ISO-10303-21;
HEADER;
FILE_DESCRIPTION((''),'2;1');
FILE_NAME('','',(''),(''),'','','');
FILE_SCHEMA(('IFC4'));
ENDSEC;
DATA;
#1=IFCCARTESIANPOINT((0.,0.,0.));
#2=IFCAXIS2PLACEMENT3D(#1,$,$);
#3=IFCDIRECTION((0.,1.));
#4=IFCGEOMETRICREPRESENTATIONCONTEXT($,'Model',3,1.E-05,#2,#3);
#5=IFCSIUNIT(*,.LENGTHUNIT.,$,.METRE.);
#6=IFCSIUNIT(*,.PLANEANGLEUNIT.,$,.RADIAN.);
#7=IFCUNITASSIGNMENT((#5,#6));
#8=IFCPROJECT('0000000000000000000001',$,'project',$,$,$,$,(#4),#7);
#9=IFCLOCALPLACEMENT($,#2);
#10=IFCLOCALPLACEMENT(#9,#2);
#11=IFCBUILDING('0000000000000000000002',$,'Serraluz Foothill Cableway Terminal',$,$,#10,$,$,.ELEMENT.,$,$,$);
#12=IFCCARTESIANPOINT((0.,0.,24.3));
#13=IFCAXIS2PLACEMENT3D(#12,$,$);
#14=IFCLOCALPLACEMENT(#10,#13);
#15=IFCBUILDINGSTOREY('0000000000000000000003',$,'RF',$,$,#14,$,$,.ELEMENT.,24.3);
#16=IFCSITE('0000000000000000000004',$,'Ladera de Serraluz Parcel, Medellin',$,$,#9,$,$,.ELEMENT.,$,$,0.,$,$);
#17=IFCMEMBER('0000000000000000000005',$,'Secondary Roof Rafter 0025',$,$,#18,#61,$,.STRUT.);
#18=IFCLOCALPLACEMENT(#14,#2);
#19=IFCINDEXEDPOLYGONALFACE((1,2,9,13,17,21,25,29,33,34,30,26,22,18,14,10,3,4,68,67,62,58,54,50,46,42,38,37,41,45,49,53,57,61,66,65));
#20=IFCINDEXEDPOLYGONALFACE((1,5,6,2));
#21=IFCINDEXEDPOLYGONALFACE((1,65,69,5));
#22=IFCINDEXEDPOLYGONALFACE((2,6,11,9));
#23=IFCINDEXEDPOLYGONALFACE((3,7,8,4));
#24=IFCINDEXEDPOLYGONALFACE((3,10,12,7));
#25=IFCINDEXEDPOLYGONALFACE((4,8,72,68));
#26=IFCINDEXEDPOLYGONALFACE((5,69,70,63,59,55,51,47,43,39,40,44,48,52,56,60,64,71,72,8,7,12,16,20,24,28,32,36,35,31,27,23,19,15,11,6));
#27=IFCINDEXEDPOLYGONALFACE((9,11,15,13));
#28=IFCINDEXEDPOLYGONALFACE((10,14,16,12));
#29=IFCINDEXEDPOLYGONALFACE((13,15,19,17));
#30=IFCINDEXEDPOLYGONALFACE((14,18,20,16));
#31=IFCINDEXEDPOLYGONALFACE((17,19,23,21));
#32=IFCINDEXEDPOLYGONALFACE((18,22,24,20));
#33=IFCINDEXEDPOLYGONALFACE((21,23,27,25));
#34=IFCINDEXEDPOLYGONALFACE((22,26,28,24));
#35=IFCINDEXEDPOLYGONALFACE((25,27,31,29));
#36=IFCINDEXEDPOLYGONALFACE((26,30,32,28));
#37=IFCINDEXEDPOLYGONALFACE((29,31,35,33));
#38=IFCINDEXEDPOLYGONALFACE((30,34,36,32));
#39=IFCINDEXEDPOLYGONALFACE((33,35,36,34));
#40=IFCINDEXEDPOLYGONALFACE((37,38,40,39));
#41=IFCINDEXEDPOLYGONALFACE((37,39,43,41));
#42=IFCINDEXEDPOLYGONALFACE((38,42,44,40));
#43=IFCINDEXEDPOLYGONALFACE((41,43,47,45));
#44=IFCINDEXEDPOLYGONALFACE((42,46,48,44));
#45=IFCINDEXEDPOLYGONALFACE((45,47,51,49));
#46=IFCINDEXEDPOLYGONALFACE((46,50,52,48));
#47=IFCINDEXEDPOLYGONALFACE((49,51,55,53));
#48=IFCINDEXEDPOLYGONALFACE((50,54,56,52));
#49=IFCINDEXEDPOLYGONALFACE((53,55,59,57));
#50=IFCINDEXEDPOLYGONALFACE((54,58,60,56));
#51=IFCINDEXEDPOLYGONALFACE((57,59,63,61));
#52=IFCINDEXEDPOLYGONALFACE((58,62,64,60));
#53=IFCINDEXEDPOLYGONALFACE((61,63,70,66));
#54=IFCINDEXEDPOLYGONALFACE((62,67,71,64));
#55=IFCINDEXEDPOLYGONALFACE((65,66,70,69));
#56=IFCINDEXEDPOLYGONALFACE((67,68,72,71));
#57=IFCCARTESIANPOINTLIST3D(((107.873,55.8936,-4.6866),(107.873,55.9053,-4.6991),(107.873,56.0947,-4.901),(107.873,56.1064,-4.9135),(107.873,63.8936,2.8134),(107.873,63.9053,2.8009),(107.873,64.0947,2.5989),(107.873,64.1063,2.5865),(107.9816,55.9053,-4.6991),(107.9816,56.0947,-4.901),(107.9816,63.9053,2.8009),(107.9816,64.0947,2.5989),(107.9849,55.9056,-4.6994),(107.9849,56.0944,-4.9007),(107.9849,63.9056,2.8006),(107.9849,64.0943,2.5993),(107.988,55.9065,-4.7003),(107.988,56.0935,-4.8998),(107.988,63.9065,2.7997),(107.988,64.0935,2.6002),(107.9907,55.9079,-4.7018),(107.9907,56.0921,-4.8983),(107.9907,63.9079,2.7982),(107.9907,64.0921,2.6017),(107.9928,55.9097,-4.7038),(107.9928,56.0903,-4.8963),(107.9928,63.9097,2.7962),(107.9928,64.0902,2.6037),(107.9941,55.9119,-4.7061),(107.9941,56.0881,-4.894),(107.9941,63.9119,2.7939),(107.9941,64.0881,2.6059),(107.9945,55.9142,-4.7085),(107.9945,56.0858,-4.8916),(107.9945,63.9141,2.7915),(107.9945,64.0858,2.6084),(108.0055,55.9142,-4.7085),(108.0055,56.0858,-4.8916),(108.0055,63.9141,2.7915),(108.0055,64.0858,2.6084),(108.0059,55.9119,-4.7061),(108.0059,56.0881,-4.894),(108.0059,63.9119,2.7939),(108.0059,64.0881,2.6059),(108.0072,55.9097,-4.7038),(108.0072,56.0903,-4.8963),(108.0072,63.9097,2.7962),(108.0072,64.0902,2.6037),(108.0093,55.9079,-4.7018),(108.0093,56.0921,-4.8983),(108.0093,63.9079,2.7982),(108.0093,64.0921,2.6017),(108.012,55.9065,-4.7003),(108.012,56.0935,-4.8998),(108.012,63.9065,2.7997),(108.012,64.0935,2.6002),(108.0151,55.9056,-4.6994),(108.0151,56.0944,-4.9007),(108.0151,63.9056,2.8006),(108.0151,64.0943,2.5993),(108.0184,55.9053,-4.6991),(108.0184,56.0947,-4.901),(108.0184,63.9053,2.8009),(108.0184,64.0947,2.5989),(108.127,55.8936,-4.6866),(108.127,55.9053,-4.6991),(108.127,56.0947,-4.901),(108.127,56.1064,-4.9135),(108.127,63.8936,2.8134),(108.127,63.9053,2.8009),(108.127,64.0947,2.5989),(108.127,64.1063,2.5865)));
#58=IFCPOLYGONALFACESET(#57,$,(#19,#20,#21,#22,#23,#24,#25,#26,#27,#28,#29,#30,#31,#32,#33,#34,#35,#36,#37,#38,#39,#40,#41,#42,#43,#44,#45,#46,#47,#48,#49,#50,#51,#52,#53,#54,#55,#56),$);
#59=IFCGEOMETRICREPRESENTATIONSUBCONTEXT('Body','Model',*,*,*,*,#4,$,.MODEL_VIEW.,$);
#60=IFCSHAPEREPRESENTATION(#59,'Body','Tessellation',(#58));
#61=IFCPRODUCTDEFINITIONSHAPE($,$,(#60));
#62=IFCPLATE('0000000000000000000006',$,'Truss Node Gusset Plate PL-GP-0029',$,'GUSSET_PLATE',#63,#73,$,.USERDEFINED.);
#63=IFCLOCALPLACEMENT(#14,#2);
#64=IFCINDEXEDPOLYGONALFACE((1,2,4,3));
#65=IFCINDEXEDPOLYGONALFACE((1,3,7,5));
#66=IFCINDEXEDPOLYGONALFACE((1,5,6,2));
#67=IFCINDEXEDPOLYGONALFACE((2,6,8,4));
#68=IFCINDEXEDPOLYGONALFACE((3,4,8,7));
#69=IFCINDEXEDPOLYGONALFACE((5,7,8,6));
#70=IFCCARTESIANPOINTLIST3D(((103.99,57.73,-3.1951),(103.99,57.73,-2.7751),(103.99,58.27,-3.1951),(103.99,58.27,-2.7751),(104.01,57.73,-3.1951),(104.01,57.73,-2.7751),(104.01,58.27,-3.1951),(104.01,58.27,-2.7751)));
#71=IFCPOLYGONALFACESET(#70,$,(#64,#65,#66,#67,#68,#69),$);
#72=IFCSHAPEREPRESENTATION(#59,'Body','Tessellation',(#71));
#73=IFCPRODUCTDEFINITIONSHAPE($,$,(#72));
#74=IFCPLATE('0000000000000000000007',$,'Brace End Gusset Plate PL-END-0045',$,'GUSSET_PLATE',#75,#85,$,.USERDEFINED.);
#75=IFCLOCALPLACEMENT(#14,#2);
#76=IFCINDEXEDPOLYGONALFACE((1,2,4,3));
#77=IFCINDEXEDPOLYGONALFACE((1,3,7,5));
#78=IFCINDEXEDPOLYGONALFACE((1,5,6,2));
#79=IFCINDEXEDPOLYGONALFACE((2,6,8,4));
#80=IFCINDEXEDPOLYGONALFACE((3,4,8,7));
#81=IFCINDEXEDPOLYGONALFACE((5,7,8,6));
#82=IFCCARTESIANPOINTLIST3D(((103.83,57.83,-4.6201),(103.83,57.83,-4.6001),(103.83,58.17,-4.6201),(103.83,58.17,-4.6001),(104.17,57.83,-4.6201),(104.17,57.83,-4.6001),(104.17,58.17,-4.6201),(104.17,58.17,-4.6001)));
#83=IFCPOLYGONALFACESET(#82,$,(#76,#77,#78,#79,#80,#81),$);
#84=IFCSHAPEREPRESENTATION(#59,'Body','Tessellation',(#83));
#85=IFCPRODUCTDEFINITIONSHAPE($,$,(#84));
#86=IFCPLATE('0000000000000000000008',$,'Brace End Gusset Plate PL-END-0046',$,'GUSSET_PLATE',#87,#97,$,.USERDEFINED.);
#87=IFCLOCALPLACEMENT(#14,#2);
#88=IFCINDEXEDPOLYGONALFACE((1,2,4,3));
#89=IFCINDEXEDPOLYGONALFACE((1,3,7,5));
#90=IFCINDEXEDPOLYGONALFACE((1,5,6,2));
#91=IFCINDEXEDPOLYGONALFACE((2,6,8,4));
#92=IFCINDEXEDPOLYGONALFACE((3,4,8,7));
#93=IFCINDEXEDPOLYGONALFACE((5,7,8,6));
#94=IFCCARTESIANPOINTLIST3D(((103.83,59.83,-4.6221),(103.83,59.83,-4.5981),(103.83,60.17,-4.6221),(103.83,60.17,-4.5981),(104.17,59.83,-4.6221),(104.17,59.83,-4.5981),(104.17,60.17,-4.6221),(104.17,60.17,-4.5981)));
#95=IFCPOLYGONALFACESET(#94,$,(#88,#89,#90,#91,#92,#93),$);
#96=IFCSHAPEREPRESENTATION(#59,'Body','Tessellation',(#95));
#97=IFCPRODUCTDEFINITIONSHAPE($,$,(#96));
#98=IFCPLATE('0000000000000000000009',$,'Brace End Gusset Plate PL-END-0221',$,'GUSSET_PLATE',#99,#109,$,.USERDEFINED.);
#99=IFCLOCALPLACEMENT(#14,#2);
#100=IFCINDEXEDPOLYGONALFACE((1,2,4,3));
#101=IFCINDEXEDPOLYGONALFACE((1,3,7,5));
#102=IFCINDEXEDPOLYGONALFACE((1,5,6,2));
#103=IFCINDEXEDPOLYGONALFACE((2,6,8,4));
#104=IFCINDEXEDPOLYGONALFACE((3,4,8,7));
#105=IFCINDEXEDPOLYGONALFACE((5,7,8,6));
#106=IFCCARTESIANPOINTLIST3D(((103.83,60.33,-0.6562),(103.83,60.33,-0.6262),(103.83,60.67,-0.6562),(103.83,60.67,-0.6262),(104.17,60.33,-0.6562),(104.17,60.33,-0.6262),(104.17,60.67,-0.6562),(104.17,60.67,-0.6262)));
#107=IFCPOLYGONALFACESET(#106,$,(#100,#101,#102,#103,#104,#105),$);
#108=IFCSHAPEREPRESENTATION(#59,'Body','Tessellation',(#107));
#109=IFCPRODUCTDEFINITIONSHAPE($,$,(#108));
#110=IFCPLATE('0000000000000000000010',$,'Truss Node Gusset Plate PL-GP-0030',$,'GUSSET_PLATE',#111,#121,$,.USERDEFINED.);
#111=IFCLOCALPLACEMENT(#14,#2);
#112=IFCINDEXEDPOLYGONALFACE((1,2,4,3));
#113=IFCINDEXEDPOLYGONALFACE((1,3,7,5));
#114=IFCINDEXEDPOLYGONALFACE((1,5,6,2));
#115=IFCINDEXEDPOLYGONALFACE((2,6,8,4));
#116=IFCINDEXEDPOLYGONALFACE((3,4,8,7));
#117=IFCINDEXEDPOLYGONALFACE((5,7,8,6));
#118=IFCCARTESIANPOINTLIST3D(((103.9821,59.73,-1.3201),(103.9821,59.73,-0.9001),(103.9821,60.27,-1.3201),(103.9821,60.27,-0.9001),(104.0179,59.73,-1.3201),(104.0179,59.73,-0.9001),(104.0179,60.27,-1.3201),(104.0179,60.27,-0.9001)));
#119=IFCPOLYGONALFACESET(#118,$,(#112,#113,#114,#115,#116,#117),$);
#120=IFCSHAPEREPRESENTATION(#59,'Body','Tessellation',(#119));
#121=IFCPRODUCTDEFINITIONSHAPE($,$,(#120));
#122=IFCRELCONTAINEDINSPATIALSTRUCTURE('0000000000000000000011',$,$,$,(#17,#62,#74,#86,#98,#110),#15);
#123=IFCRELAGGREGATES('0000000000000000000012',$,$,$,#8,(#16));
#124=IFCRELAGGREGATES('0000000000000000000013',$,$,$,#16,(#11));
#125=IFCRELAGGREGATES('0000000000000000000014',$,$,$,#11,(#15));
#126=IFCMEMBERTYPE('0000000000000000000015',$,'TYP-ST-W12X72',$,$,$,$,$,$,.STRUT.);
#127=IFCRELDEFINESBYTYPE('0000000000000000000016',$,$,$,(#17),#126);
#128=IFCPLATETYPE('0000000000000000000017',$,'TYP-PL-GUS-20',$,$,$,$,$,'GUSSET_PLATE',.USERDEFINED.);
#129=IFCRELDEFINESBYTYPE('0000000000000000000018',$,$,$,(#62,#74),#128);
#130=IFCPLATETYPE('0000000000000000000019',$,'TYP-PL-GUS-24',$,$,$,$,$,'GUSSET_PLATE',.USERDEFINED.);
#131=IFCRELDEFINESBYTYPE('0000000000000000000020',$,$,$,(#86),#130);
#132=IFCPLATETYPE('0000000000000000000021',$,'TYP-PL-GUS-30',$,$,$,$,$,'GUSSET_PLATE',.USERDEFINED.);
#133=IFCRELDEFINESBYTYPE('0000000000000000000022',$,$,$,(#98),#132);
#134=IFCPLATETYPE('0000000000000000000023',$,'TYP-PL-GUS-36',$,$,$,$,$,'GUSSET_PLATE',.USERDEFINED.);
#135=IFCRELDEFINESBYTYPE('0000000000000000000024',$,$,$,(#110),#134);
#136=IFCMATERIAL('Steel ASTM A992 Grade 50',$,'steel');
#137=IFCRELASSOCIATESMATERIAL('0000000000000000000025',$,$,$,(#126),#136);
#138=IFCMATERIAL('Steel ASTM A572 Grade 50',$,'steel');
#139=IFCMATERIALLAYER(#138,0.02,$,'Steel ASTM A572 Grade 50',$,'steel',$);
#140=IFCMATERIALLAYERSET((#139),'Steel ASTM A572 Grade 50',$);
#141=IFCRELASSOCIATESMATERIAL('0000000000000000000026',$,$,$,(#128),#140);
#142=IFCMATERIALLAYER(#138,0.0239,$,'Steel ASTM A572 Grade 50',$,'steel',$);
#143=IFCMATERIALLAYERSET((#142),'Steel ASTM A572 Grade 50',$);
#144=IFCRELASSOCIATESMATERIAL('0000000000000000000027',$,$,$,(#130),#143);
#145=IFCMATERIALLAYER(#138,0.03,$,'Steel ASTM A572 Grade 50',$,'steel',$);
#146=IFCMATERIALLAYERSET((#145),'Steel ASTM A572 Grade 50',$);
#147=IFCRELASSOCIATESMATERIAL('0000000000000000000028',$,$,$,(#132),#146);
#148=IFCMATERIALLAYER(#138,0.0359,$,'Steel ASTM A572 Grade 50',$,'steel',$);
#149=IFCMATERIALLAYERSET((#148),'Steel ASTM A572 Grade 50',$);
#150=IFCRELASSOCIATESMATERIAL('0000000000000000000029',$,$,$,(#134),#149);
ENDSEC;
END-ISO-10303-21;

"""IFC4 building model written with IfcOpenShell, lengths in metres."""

from ifc_helpers import new_model, si_unit, direction, frame, origin, origin_2d, place, context, subcontext, project, spatial, rectangle, i_section, extrude, material, layer, layer_set, material_profile, profile_set, type_object, element, save


model = new_model("IFC4")

# Units and contexts
model_context = context("Model", 3, precision=1e-05, world=origin(), true_north=direction((0.0, 1.0)))
body_context = subcontext(model_context, "Body", "Model", "MODEL_VIEW")
ifc_project = project(units=[si_unit("LENGTHUNIT", "METRE"), si_unit("PLANEANGLEUNIT", "RADIAN")], contexts=[model_context])

# Site, building, storey
site_placement = place(None, origin())
site = spatial("IfcSite", under=ifc_project, at=site_placement, Name="Ladera de Serraluz Parcel, Medellin", CompositionType="ELEMENT", RefElevation=0.0)
building_placement = place(site_placement, origin())
building = spatial("IfcBuilding", under=site, at=building_placement, Name="Serraluz Foothill Cableway Terminal", CompositionType="ELEMENT")
storey_placement = place(building_placement, frame((0.0, 0.0, 24.3)))
storey = spatial("IfcBuildingStorey", under=building, at=storey_placement, Name="RF", CompositionType="ELEMENT", Elevation=24.3)

# Member
ifc_material_1 = material(Name="Steel ASTM A572 Grade 50", Category="steel")
ifc_material_2 = material(Name="Steel ASTM A992 Grade 50", Category="steel")
ifc_material_profile_1 = material_profile(ifc_material_2, i_section(OverallWidth=0.2539, OverallDepth=0.311, WebThickness=0.011, FlangeThickness=0.0171, FilletRadius=0.0129, at=origin_2d()), Name="W12X72")
ifc_profile_set_1 = profile_set([ifc_material_profile_1], Name="Steel ASTM A992 Grade 50")
member_type_1 = type_object("IfcMemberType", Name="TYP-ST-W12X72", PredefinedType="STRUT", material=ifc_profile_set_1)
member_1_placement = place(storey_placement, frame((108.0, 56.0, -4.8), z_axis=(0.0, 0.729537, 0.683941), x_axis=(-1.0, 0.0, 0.0)))
element("IfcMember", 1, at=member_1_placement, inside=storey, type_object=member_type_1, Name="Secondary Roof Rafter 0025", PredefinedType="STRUT", context=body_context, shape_type="SweptSolid", body=[
    extrude(i_section(OverallWidth=0.2539, OverallDepth=0.311, WebThickness=0.011, FlangeThickness=0.0171, FilletRadius=0.0129, at=origin_2d()), origin(), (0.0, 0.0, 1.0), 10.9658),
])

# Plates
ifc_layer_1 = layer(ifc_material_1, 0.02, Name="Steel ASTM A572 Grade 50", Category="steel")
ifc_layer_set_1 = layer_set([ifc_layer_1], Name="Steel ASTM A572 Grade 50")
plate_type_1 = type_object("IfcPlateType", Name="TYP-PL-GUS-20", ElementType="GUSSET_PLATE", PredefinedType="USERDEFINED", material=ifc_layer_set_1)
plate_1_placement = place(storey_placement, frame((104.0, 58.0, -3.1951), z_axis=(0.0, 0.0, 1.0), x_axis=(1.0, 0.0, 0.0)))
element("IfcPlate", 2, at=plate_1_placement, inside=storey, type_object=plate_type_1, Name="Truss Node Gusset Plate PL-GP-0029", ObjectType="GUSSET_PLATE", PredefinedType="USERDEFINED", context=body_context, shape_type="SweptSolid", body=[
    extrude(rectangle(XDim=0.02, YDim=0.54, at=origin_2d()), origin(), (0.0, 0.0, 1.0), 0.4199),
])
plate_2_placement = place(storey_placement, frame((104.0, 58.0, -4.6201), z_axis=(0.0, 0.0, 1.0), x_axis=(1.0, 0.0, 0.0)))
element("IfcPlate", 3, at=plate_2_placement, inside=storey, type_object=plate_type_1, Name="Brace End Gusset Plate PL-END-0045", ObjectType="GUSSET_PLATE", PredefinedType="USERDEFINED", context=body_context, shape_type="SweptSolid", body=[
    extrude(rectangle(XDim=0.3401, YDim=0.3401, at=origin_2d()), origin(), (0.0, 0.0, 1.0), 0.02),
])
ifc_layer_2 = layer(ifc_material_1, 0.0239, Name="Steel ASTM A572 Grade 50", Category="steel")
ifc_layer_set_2 = layer_set([ifc_layer_2], Name="Steel ASTM A572 Grade 50")
plate_type_2 = type_object("IfcPlateType", Name="TYP-PL-GUS-24", ElementType="GUSSET_PLATE", PredefinedType="USERDEFINED", material=ifc_layer_set_2)
plate_3_placement = place(storey_placement, frame((104.0, 60.0, -4.6221), z_axis=(0.0, 0.0, 1.0), x_axis=(1.0, 0.0, 0.0)))
element("IfcPlate", 4, at=plate_3_placement, inside=storey, type_object=plate_type_2, Name="Brace End Gusset Plate PL-END-0046", ObjectType="GUSSET_PLATE", PredefinedType="USERDEFINED", context=body_context, shape_type="SweptSolid", body=[
    extrude(rectangle(XDim=0.3401, YDim=0.3401, at=origin_2d()), origin(), (0.0, 0.0, 1.0), 0.0239),
])
ifc_layer_3 = layer(ifc_material_1, 0.03, Name="Steel ASTM A572 Grade 50", Category="steel")
ifc_layer_set_3 = layer_set([ifc_layer_3], Name="Steel ASTM A572 Grade 50")
plate_type_3 = type_object("IfcPlateType", Name="TYP-PL-GUS-30", ElementType="GUSSET_PLATE", PredefinedType="USERDEFINED", material=ifc_layer_set_3)
plate_4_placement = place(storey_placement, frame((104.0, 60.5, -0.6562), z_axis=(0.0, 0.0, 1.0), x_axis=(1.0, 0.0, 0.0)))
element("IfcPlate", 5, at=plate_4_placement, inside=storey, type_object=plate_type_3, Name="Brace End Gusset Plate PL-END-0221", ObjectType="GUSSET_PLATE", PredefinedType="USERDEFINED", context=body_context, shape_type="SweptSolid", body=[
    extrude(rectangle(XDim=0.3401, YDim=0.3401, at=origin_2d()), origin(), (0.0, 0.0, 1.0), 0.03),
])
ifc_layer_4 = layer(ifc_material_1, 0.0359, Name="Steel ASTM A572 Grade 50", Category="steel")
ifc_layer_set_4 = layer_set([ifc_layer_4], Name="Steel ASTM A572 Grade 50")
plate_type_4 = type_object("IfcPlateType", Name="TYP-PL-GUS-36", ElementType="GUSSET_PLATE", PredefinedType="USERDEFINED", material=ifc_layer_set_4)
plate_5_placement = place(storey_placement, frame((104.0, 60.0, -1.3201), z_axis=(0.0, 0.0, 1.0), x_axis=(1.0, 0.0, 0.0)))
element("IfcPlate", 6, at=plate_5_placement, inside=storey, type_object=plate_type_4, Name="Truss Node Gusset Plate PL-GP-0030", ObjectType="GUSSET_PLATE", PredefinedType="USERDEFINED", context=body_context, shape_type="SweptSolid", body=[
    extrude(rectangle(XDim=0.0359, YDim=0.54, at=origin_2d()), origin(), (0.0, 0.0, 1.0), 0.4199),
])

save(model, "model.ifc")
